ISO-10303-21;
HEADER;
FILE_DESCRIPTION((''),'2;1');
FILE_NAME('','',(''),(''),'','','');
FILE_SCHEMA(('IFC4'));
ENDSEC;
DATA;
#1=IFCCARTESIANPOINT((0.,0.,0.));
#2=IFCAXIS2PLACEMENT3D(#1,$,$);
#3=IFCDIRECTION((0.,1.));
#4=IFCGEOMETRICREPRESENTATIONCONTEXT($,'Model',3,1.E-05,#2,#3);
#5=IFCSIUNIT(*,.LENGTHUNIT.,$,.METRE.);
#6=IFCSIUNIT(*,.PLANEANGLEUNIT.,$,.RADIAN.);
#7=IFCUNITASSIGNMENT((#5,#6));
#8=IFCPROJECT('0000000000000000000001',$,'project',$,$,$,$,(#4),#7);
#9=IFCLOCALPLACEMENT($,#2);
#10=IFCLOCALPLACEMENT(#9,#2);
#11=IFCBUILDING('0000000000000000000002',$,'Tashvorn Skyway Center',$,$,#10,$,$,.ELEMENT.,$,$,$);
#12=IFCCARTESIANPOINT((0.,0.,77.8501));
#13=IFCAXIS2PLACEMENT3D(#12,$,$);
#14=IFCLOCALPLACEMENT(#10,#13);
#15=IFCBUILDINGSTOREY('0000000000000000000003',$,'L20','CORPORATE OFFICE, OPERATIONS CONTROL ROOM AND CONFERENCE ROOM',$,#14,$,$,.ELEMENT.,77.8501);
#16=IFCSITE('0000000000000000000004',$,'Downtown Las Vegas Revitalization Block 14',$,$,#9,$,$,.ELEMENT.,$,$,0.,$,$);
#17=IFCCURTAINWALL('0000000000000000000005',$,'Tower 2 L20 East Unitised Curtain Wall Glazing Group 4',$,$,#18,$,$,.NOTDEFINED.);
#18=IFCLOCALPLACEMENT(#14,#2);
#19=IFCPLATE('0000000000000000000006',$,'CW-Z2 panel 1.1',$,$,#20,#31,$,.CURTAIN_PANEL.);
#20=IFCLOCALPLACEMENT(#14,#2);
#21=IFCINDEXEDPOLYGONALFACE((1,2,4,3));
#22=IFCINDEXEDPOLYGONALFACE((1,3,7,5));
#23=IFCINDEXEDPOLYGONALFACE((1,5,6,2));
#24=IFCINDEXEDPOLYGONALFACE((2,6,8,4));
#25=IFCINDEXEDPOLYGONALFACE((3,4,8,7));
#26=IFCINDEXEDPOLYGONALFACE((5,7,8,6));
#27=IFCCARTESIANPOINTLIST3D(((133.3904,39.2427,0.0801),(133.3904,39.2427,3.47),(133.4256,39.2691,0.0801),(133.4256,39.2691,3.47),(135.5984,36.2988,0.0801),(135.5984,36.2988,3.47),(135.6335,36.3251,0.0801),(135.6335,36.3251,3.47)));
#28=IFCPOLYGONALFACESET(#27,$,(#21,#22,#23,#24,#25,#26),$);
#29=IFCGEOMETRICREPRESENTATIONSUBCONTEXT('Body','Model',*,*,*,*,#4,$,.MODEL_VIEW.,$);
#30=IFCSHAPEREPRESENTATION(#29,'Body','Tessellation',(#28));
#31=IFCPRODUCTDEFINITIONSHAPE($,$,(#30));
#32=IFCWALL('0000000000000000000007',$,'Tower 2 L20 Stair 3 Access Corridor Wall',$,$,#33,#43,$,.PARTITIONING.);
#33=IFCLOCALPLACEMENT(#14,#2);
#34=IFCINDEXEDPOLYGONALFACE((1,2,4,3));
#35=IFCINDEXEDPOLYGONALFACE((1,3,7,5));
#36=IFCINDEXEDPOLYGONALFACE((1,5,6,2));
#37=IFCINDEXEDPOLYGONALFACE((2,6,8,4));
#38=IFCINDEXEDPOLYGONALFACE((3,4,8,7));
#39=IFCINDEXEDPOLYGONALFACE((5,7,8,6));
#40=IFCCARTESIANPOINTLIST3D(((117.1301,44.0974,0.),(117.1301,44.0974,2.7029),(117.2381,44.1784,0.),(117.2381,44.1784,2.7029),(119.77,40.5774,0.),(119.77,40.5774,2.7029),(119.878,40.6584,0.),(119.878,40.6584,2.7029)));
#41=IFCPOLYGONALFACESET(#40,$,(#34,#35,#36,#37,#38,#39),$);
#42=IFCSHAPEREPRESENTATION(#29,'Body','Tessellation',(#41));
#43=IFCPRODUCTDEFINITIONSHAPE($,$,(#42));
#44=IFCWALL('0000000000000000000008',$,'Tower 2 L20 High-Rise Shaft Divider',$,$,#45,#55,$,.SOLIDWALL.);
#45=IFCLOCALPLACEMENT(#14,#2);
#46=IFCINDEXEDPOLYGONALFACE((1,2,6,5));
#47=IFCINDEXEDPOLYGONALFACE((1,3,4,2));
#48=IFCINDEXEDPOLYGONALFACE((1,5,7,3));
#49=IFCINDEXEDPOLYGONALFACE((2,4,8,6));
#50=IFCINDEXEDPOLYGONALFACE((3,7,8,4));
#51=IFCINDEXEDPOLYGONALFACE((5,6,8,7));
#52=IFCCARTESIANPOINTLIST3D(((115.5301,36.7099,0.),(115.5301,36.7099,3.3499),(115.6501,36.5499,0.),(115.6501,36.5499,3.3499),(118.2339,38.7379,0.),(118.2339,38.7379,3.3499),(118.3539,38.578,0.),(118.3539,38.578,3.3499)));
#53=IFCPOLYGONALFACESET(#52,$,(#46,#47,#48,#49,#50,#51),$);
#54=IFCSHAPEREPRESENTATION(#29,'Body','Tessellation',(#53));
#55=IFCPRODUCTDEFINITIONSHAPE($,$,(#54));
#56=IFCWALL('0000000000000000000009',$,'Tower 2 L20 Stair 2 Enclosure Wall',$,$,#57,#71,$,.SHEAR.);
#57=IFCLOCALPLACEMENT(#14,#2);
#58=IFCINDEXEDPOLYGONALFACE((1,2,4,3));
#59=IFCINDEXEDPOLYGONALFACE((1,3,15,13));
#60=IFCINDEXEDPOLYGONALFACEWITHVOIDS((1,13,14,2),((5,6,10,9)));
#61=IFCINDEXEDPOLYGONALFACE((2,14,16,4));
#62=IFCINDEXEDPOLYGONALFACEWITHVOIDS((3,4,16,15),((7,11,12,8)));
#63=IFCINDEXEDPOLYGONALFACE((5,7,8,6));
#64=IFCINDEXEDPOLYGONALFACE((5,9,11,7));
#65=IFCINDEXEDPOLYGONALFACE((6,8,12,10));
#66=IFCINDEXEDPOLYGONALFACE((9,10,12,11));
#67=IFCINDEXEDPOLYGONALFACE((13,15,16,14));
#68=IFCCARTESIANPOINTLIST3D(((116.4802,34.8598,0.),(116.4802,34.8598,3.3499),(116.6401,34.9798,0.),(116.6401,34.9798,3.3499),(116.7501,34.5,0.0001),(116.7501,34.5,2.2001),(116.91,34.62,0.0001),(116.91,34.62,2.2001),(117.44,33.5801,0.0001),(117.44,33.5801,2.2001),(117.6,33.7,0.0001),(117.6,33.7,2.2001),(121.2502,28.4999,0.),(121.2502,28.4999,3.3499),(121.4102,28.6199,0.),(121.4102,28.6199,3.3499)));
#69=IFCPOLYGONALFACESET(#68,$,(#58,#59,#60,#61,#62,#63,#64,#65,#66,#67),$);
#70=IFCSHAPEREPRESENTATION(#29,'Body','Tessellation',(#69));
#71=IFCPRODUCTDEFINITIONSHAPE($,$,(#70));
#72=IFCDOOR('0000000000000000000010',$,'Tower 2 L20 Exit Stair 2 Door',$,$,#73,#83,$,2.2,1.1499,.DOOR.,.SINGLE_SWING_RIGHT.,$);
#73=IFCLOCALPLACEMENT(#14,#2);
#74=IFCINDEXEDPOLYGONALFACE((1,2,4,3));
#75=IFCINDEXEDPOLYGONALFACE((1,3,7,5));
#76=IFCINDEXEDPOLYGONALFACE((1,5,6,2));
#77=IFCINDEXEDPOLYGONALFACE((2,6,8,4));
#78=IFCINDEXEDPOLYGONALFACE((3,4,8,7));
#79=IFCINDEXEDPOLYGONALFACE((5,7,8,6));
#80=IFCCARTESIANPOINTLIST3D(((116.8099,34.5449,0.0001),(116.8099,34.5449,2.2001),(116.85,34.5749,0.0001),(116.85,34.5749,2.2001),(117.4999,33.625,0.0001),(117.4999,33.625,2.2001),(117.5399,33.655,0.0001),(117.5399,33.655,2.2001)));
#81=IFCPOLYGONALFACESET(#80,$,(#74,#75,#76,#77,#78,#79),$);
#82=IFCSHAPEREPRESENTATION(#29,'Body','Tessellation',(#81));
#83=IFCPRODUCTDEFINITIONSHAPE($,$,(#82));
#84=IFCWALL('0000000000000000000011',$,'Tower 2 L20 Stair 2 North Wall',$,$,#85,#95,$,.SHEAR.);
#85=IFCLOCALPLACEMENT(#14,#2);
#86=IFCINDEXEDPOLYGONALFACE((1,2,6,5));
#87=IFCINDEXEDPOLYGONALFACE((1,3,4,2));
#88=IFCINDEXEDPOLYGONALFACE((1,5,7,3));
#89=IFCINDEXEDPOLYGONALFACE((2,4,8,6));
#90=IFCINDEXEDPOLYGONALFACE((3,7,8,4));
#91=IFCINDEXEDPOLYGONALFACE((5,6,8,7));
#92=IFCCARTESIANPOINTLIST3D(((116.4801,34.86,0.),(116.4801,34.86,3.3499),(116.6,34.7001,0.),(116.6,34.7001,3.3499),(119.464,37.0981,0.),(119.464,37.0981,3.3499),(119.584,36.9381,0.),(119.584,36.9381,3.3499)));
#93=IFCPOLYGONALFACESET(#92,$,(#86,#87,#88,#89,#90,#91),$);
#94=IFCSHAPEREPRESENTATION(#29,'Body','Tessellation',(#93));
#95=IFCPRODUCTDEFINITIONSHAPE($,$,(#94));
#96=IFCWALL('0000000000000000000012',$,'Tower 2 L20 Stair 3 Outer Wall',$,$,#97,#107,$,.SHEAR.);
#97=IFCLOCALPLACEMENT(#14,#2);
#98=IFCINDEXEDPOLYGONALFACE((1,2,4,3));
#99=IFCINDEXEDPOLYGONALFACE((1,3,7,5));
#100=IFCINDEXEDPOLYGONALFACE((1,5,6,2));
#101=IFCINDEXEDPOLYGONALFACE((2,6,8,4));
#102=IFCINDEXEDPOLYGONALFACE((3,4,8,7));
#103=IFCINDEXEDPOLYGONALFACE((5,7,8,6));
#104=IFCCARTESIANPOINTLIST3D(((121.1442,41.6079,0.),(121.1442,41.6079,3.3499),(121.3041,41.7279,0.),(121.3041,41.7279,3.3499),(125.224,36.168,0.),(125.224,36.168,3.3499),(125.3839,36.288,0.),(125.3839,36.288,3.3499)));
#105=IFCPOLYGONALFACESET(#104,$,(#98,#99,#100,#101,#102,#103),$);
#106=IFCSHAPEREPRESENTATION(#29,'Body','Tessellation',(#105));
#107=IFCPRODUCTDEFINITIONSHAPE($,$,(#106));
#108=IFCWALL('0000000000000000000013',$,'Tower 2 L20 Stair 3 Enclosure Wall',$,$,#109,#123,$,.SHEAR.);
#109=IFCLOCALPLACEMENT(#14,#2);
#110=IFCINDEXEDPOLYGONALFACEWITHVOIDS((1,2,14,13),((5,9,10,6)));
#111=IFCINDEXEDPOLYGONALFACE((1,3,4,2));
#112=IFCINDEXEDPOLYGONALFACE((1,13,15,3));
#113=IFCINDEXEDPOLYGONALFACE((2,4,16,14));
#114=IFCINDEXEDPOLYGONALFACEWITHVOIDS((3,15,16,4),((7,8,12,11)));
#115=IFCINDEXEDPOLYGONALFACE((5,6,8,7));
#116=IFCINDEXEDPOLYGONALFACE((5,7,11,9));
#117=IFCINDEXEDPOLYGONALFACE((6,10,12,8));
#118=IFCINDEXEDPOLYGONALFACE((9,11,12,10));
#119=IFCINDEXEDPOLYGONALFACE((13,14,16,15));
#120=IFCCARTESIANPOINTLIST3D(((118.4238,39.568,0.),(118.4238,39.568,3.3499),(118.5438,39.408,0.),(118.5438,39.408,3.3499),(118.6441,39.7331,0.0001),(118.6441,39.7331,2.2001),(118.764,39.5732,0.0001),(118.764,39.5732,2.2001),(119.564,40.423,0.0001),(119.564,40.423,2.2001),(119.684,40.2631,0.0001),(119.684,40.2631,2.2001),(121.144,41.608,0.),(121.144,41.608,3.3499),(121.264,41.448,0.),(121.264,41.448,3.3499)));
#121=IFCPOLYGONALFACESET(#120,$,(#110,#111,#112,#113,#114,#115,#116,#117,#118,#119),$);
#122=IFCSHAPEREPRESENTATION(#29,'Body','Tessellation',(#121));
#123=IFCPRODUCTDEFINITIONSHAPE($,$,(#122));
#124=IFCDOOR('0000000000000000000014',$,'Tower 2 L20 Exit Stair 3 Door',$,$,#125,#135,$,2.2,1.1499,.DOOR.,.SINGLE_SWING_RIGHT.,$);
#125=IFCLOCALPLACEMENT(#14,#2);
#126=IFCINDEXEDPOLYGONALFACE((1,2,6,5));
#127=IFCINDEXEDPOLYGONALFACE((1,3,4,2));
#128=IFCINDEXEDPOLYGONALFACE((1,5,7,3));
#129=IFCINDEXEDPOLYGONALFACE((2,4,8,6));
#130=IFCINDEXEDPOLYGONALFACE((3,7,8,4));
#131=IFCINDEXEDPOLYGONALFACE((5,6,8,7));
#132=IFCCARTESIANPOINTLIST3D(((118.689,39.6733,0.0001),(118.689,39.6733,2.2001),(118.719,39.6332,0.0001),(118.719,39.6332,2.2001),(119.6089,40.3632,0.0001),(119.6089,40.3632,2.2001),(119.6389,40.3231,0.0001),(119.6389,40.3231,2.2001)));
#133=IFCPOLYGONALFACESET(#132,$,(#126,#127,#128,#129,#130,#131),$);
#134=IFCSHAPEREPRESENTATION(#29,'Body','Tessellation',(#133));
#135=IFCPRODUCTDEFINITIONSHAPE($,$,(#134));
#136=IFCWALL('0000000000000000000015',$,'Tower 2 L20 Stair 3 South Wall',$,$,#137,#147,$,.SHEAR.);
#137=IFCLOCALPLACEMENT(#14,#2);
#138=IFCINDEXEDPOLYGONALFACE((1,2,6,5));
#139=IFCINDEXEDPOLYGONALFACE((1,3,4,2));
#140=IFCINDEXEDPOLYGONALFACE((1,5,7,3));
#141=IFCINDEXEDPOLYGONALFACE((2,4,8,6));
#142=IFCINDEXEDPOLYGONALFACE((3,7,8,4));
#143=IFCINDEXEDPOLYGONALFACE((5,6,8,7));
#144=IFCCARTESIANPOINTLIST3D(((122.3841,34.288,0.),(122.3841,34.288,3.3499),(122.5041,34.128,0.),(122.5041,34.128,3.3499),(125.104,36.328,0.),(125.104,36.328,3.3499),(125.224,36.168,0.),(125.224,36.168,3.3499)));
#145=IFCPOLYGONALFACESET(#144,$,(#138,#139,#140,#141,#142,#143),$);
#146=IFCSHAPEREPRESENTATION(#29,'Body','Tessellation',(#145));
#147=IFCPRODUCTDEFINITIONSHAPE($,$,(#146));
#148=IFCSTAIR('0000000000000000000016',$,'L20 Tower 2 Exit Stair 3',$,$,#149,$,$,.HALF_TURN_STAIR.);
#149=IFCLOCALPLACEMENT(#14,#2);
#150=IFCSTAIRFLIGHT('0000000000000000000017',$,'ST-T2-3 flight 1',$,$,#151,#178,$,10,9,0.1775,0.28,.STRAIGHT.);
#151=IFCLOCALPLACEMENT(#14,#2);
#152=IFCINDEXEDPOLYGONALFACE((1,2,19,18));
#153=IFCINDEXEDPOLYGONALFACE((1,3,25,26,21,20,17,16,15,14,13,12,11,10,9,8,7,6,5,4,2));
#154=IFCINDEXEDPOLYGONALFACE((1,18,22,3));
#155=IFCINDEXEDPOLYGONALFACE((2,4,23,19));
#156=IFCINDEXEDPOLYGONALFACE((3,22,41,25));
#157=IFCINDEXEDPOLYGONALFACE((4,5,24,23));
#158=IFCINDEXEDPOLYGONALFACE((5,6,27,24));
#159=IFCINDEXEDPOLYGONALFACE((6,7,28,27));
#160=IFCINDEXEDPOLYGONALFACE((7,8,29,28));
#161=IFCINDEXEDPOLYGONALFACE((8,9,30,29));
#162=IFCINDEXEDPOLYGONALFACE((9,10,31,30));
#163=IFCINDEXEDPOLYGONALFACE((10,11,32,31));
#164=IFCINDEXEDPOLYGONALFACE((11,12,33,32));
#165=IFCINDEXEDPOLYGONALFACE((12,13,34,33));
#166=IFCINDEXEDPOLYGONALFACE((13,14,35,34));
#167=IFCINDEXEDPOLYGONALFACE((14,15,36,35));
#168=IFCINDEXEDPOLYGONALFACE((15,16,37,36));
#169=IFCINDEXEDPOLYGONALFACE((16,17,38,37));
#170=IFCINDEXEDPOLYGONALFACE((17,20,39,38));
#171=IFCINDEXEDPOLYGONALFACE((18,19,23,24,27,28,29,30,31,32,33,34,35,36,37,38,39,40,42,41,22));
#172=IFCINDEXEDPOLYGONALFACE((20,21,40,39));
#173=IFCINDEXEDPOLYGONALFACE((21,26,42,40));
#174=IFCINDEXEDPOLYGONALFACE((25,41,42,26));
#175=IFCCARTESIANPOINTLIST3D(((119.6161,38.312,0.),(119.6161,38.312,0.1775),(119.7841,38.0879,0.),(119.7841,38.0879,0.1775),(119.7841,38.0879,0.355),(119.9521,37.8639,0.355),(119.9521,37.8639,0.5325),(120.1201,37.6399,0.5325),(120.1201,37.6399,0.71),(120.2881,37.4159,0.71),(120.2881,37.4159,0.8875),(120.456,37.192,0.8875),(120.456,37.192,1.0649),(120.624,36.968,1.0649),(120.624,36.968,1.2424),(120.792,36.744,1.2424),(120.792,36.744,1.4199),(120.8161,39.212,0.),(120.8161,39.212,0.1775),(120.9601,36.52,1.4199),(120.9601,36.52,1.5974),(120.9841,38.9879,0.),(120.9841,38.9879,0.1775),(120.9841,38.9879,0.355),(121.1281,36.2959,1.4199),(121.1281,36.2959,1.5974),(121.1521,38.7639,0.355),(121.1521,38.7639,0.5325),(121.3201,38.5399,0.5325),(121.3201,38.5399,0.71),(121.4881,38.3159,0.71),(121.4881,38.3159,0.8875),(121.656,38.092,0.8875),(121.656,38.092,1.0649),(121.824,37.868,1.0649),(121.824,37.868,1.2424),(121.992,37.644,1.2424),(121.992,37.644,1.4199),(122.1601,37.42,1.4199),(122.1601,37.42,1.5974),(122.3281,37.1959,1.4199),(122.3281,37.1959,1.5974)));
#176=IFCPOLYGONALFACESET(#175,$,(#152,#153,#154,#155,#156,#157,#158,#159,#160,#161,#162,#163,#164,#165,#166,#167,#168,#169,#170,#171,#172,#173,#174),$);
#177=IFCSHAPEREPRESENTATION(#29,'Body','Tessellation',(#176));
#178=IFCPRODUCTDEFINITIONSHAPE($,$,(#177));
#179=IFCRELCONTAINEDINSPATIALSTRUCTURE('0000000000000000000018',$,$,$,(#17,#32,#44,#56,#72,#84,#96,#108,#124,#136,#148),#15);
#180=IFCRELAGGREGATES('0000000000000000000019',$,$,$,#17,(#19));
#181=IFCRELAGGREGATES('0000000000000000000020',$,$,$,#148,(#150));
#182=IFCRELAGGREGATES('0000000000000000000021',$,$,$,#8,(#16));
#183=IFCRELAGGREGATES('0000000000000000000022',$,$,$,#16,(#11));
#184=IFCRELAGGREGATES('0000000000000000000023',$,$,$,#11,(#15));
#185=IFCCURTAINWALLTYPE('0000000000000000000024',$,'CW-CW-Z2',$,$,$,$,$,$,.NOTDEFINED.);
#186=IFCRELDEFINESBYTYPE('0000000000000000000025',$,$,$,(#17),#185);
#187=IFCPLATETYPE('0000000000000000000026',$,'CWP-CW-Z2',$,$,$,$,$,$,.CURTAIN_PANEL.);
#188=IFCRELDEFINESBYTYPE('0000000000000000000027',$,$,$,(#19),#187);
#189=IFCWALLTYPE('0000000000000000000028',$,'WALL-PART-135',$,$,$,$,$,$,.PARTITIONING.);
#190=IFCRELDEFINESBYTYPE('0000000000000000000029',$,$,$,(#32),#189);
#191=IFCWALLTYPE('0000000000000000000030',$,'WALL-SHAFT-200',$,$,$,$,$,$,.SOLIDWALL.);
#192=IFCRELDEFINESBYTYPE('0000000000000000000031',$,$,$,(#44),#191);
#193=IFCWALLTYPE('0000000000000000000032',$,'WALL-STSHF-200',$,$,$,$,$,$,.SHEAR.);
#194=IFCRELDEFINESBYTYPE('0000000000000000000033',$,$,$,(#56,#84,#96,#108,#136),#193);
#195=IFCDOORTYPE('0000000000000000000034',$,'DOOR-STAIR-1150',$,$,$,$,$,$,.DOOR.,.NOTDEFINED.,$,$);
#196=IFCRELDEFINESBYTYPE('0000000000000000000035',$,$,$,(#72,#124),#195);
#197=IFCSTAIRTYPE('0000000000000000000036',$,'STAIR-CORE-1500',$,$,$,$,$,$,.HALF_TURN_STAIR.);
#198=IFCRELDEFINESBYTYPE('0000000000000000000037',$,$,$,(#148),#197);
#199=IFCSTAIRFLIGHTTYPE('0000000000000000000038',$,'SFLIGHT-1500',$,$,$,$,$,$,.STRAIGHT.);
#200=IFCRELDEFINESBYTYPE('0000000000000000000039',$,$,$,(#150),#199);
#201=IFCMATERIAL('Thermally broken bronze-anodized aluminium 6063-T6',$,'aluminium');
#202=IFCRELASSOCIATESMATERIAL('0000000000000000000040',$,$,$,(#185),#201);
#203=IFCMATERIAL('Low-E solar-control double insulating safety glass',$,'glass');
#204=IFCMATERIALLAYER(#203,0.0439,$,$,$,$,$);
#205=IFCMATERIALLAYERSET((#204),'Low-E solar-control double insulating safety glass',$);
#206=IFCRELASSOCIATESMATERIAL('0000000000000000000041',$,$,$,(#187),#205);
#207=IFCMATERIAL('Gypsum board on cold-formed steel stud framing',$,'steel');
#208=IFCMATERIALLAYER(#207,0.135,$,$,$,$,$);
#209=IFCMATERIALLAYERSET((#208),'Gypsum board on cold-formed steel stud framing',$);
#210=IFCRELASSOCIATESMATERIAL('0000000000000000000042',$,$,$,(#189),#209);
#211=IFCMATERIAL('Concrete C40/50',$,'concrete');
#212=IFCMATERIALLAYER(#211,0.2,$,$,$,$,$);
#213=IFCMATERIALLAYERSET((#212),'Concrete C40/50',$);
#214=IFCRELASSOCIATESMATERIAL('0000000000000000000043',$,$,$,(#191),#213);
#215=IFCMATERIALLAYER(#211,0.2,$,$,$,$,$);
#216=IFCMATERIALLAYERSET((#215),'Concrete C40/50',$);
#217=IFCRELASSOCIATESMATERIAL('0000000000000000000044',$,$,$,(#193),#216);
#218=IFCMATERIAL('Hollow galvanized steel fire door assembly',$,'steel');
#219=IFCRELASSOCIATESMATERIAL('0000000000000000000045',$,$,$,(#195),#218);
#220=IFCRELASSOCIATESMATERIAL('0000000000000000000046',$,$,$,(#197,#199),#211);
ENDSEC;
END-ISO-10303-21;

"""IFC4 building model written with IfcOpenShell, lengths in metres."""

from ifc_helpers import new_model, si_unit, direction, frame, frame_2d, origin, origin_2d, place, context, subcontext, project, spatial, polyline, rectangle, outline, extrude, material, layer, layer_set, type_object, element, fill, aggregate, save


model = new_model("IFC4")

# Units and contexts
model_context = context("Model", 3, precision=1e-05, world=origin(), true_north=direction((0.0, 1.0)))
body_context = subcontext(model_context, "Body", "Model", "MODEL_VIEW")
ifc_project = project(units=[si_unit("LENGTHUNIT", "METRE"), si_unit("PLANEANGLEUNIT", "RADIAN")], contexts=[model_context])

# Site, building, storey
site_placement = place(None, origin())
site = spatial("IfcSite", under=ifc_project, at=site_placement, Name="Downtown Las Vegas Revitalization Block 14", CompositionType="ELEMENT", RefElevation=0.0)
building_placement = place(site_placement, origin())
building = spatial("IfcBuilding", under=site, at=building_placement, Name="Tashvorn Skyway Center", CompositionType="ELEMENT")
storey_placement = place(building_placement, frame((0.0, 0.0, 77.8501)))
storey = spatial("IfcBuildingStorey", under=building, at=storey_placement, Name="L20", Description="CORPORATE OFFICE, OPERATIONS CONTROL ROOM AND CONFERENCE ROOM", CompositionType="ELEMENT", Elevation=77.8501)

# Shared definitions
ifc_material_1 = material(Name="Thermally broken bronze-anodized aluminium 6063-T6", Category="aluminium")
curtain_wall_type = type_object("IfcCurtainWallType", Name="CW-CW-Z2", PredefinedType="NOTDEFINED", material=ifc_material_1)

# Curtain wall, plate
curtain_wall_1_placement = place(storey_placement, origin())
curtain_wall_1 = element("IfcCurtainWall", 1, at=curtain_wall_1_placement, inside=storey, type_object=curtain_wall_type, Name="Tower 2 L20 East Unitised Curtain Wall Glazing Group 4", PredefinedType="NOTDEFINED")
ifc_material_2 = material(Name="Low-E solar-control double insulating safety glass", Category="glass")
ifc_layer_1 = layer(ifc_material_2, 0.0439)
ifc_layer_set_1 = layer_set([ifc_layer_1], Name="Low-E solar-control double insulating safety glass")
plate_type = type_object("IfcPlateType", Name="CWP-CW-Z2", PredefinedType="CURTAIN_PANEL", material=ifc_layer_set_1)
plate_placement = place(storey_placement, frame((134.512, 37.7839, 0.0801), z_axis=(0.0, 0.0, 1.0), x_axis=(0.6, -0.8, 0.0)))
plate = element("IfcPlate", 2, at=plate_placement, type_object=plate_type, Name="CW-Z2 panel 1.1", PredefinedType="CURTAIN_PANEL", context=body_context, shape_type="SweptSolid", body=[
    extrude(rectangle(XDim=3.6799, YDim=0.0439, at=origin_2d()), origin(), (0.0, 0.0, 1.0), 3.3899),
])
aggregate(curtain_wall_1, [plate])

# Walls
ifc_material_3 = material(Name="Gypsum board on cold-formed steel stud framing", Category="steel")
ifc_layer_2 = layer(ifc_material_3, 0.135)
ifc_layer_set_2 = layer_set([ifc_layer_2], Name="Gypsum board on cold-formed steel stud framing")
wall_type_1 = type_object("IfcWallType", Name="WALL-PART-135", PredefinedType="PARTITIONING", material=ifc_layer_set_2)
wall_1_placement = place(storey_placement, frame((119.824, 40.6179, 0.0), z_axis=(0.0, 0.0, 1.0), x_axis=(-0.599982, 0.800013, 0.0)))
element("IfcWall", 3, at=wall_1_placement, inside=storey, type_object=wall_type_1, Name="Tower 2 L20 Stair 3 Access Corridor Wall", PredefinedType="PARTITIONING", context=body_context, shape_type="SweptSolid", body=[
    extrude(rectangle(XDim=4.3999, YDim=0.135, at=frame_2d((2.2, 0.0))), origin(), (0.0, 0.0, 1.0), 2.7029),
])
ifc_material_4 = material(Name="Concrete C40/50", Category="concrete")
ifc_layer_3 = layer(ifc_material_4, 0.2)
ifc_layer_set_3 = layer_set([ifc_layer_3], Name="Concrete C40/50")
wall_type_2 = type_object("IfcWallType", Name="WALL-SHAFT-200", PredefinedType="SOLIDWALL", material=ifc_layer_set_3)
wall_2_placement = place(storey_placement, frame((115.5901, 36.6299, 0.0), z_axis=(0.0, 0.0, 1.0), x_axis=(0.799974, 0.600035, 0.0)))
element("IfcWall", 4, at=wall_2_placement, inside=storey, type_object=wall_type_2, Name="Tower 2 L20 High-Rise Shaft Divider", PredefinedType="SOLIDWALL", context=body_context, shape_type="SweptSolid", body=[
    extrude(rectangle(XDim=3.3799, YDim=0.2, at=frame_2d((1.6899, 0.0))), origin(), (0.0, 0.0, 1.0), 3.3499),
])

# Wall, opening, door
ifc_layer_4 = layer(ifc_material_4, 0.2)
ifc_layer_set_4 = layer_set([ifc_layer_4], Name="Concrete C40/50")
wall_type_3 = type_object("IfcWallType", Name="WALL-STSHF-200", PredefinedType="SHEAR", material=ifc_layer_set_4)
wall_3_placement = place(storey_placement, frame((116.5601, 34.9199, 0.0), z_axis=(0.0, 0.0, 1.0), x_axis=(0.60001, -0.799993, 0.0)))
wall_3 = element("IfcWall", 5, at=wall_3_placement, inside=storey, type_object=wall_type_3, Name="Tower 2 L20 Stair 2 Enclosure Wall", PredefinedType="SHEAR", context=body_context, shape_type="SweptSolid", body=[
    extrude(rectangle(XDim=7.95, YDim=0.2, at=frame_2d((3.9751, 0.0))), origin(), (0.0, 0.0, 1.0), 3.3499),
])
opening_1_placement = place(wall_3_placement, frame((0.45, 0.0, 0.0)))
opening_1 = element("IfcOpeningElement", 6, at=opening_1_placement, cuts=wall_3, PredefinedType="OPENING", context=body_context, shape_type="SweptSolid", body=[
    extrude(rectangle(XDim=1.1499, YDim=2.2, at=frame_2d((0.575, 1.1001))), frame((0.0, 0.1099, 0.0), z_axis=(0.0, -1.0, 0.0), x_axis=(1.0, 0.0, 0.0)), (0.0, 0.0, 1.0), 0.22),
])
ifc_material_5 = material(Name="Hollow galvanized steel fire door assembly", Category="steel")
door_type = type_object("IfcDoorType", Name="DOOR-STAIR-1150", OperationType="NOTDEFINED", PredefinedType="DOOR", material=ifc_material_5)
door_1_placement = place(opening_1_placement, origin())
door_1 = element("IfcDoor", 7, at=door_1_placement, inside=storey, type_object=door_type, Name="Tower 2 L20 Exit Stair 2 Door", OperationType="SINGLE_SWING_RIGHT", OverallHeight=2.2, OverallWidth=1.1499, PredefinedType="DOOR", context=body_context, shape_type="SweptSolid", body=[
    extrude(rectangle(XDim=1.1499, YDim=2.2, at=frame_2d((0.575, 1.1001))), frame((0.0, 0.0249, 0.0), z_axis=(0.0, -1.0, 0.0), x_axis=(1.0, 0.0, 0.0)), (0.0, 0.0, 1.0), 0.05),
])
fill(opening_1, door_1)

# Walls
wall_4_placement = place(storey_placement, frame((116.54, 34.78, 0.0), z_axis=(0.0, 0.0, 1.0), x_axis=(0.799984, 0.600021, 0.0)))
element("IfcWall", 8, at=wall_4_placement, inside=storey, type_object=wall_type_3, Name="Tower 2 L20 Stair 2 North Wall", PredefinedType="SHEAR", context=body_context, shape_type="SweptSolid", body=[
    extrude(rectangle(XDim=3.73, YDim=0.2, at=frame_2d((1.865, 0.0))), origin(), (0.0, 0.0, 1.0), 3.3499),
])
wall_5_placement = place(storey_placement, frame((125.304, 36.228, 0.0), z_axis=(0.0, 0.0, 1.0), x_axis=(-0.599989, 0.800009, 0.0)))
element("IfcWall", 9, at=wall_5_placement, inside=storey, type_object=wall_type_3, Name="Tower 2 L20 Stair 3 Outer Wall", PredefinedType="SHEAR", context=body_context, shape_type="SweptSolid", body=[
    extrude(rectangle(XDim=6.7998, YDim=0.2, at=frame_2d((3.3999, 0.0))), origin(), (0.0, 0.0, 1.0), 3.3499),
])

# Wall, opening, door
wall_6_placement = place(storey_placement, frame((121.2041, 41.5281, 0.0), z_axis=(0.0, 0.0, 1.0), x_axis=(-0.800017, -0.599977, 0.0)))
wall_6 = element("IfcWall", 10, at=wall_6_placement, inside=storey, type_object=wall_type_3, Name="Tower 2 L20 Stair 3 Enclosure Wall", PredefinedType="SHEAR", context=body_context, shape_type="SweptSolid", body=[
    extrude(rectangle(XDim=3.4001, YDim=0.2, at=frame_2d((1.7002, 0.0))), origin(), (0.0, 0.0, 1.0), 3.3499),
])
opening_2_placement = place(wall_6_placement, frame((1.9751, 0.0, 0.0)))
opening_2 = element("IfcOpeningElement", 11, at=opening_2_placement, cuts=wall_6, PredefinedType="OPENING", context=body_context, shape_type="SweptSolid", body=[
    extrude(rectangle(XDim=1.1499, YDim=2.2, at=frame_2d((0.575, 1.1001))), frame((0.0, 0.1099, 0.0), z_axis=(0.0, -1.0, 0.0), x_axis=(1.0, 0.0, 0.0)), (0.0, 0.0, 1.0), 0.22),
])
door_2_placement = place(opening_2_placement, origin())
door_2 = element("IfcDoor", 12, at=door_2_placement, inside=storey, type_object=door_type, Name="Tower 2 L20 Exit Stair 3 Door", OperationType="SINGLE_SWING_RIGHT", OverallHeight=2.2, OverallWidth=1.1499, PredefinedType="DOOR", context=body_context, shape_type="SweptSolid", body=[
    extrude(rectangle(XDim=1.1499, YDim=2.2, at=frame_2d((0.575, 1.1001))), frame((0.0, 0.0249, 0.0), z_axis=(0.0, -1.0, 0.0), x_axis=(1.0, 0.0, 0.0)), (0.0, 0.0, 1.0), 0.05),
])
fill(opening_2, door_2)

# Wall
wall_7_placement = place(storey_placement, frame((122.4441, 34.208, 0.0), z_axis=(0.0, 0.0, 1.0), x_axis=(0.799991, 0.600011, 0.0)))
element("IfcWall", 13, at=wall_7_placement, inside=storey, type_object=wall_type_3, Name="Tower 2 L20 Stair 3 South Wall", PredefinedType="SHEAR", context=body_context, shape_type="SweptSolid", body=[
    extrude(rectangle(XDim=3.3999, YDim=0.2, at=frame_2d((1.7, 0.0))), origin(), (0.0, 0.0, 1.0), 3.3499),
])

# Stair, stair flight
stair_type = type_object("IfcStairType", Name="STAIR-CORE-1500", PredefinedType="HALF_TURN_STAIR", material=ifc_material_4)
stair_placement = place(storey_placement, origin())
stair = element("IfcStair", 14, at=stair_placement, inside=storey, type_object=stair_type, Name="L20 Tower 2 Exit Stair 3", PredefinedType="HALF_TURN_STAIR")
stair_flight_type = type_object("IfcStairFlightType", Name="SFLIGHT-1500", PredefinedType="STRAIGHT", material=ifc_material_4)
stair_flight_1_placement = place(storey_placement, frame((120.2161, 38.762, 0.0), z_axis=(0.0, 0.0, 1.0), x_axis=(0.6, -0.8, 0.0)))
stair_flight_1 = element("IfcStairFlight", 15, at=stair_flight_1_placement, type_object=stair_flight_type, Name="ST-T2-3 flight 1", NumberOfRisers=10, NumberOfTreads=9, PredefinedType="STRAIGHT", RiserHeight=0.1775, TreadLength=0.28, context=body_context, shape_type="SweptSolid", body=[
    extrude(outline(polyline([(0.0, 0.0), (0.0, 0.1775), (0.28, 0.1775), (0.28, 0.355), (0.5601, 0.355), (0.5601, 0.5325), (0.8401, 0.5325), (0.8401, 0.71), (1.1201, 0.71), (1.1201, 0.8875), (1.3999, 0.8875), (1.3999, 1.0649), (1.6799, 1.0649), (1.6799, 1.2424), (1.96, 1.2424), (1.96, 1.4199), (2.24, 1.4199), (2.24, 1.5974), (2.52, 1.5974), (2.52, 1.7749), (2.52, 1.4199), (0.28, 0.0), (0.0, 0.0)])), frame((0.0, 0.75, 0.0), z_axis=(0.0, -1.0, 0.0), x_axis=(1.0, 0.0, 0.0)), (0.0, 0.0, 1.0), 1.5),
])
aggregate(stair, [stair_flight_1])

save(model, "model.ifc")
